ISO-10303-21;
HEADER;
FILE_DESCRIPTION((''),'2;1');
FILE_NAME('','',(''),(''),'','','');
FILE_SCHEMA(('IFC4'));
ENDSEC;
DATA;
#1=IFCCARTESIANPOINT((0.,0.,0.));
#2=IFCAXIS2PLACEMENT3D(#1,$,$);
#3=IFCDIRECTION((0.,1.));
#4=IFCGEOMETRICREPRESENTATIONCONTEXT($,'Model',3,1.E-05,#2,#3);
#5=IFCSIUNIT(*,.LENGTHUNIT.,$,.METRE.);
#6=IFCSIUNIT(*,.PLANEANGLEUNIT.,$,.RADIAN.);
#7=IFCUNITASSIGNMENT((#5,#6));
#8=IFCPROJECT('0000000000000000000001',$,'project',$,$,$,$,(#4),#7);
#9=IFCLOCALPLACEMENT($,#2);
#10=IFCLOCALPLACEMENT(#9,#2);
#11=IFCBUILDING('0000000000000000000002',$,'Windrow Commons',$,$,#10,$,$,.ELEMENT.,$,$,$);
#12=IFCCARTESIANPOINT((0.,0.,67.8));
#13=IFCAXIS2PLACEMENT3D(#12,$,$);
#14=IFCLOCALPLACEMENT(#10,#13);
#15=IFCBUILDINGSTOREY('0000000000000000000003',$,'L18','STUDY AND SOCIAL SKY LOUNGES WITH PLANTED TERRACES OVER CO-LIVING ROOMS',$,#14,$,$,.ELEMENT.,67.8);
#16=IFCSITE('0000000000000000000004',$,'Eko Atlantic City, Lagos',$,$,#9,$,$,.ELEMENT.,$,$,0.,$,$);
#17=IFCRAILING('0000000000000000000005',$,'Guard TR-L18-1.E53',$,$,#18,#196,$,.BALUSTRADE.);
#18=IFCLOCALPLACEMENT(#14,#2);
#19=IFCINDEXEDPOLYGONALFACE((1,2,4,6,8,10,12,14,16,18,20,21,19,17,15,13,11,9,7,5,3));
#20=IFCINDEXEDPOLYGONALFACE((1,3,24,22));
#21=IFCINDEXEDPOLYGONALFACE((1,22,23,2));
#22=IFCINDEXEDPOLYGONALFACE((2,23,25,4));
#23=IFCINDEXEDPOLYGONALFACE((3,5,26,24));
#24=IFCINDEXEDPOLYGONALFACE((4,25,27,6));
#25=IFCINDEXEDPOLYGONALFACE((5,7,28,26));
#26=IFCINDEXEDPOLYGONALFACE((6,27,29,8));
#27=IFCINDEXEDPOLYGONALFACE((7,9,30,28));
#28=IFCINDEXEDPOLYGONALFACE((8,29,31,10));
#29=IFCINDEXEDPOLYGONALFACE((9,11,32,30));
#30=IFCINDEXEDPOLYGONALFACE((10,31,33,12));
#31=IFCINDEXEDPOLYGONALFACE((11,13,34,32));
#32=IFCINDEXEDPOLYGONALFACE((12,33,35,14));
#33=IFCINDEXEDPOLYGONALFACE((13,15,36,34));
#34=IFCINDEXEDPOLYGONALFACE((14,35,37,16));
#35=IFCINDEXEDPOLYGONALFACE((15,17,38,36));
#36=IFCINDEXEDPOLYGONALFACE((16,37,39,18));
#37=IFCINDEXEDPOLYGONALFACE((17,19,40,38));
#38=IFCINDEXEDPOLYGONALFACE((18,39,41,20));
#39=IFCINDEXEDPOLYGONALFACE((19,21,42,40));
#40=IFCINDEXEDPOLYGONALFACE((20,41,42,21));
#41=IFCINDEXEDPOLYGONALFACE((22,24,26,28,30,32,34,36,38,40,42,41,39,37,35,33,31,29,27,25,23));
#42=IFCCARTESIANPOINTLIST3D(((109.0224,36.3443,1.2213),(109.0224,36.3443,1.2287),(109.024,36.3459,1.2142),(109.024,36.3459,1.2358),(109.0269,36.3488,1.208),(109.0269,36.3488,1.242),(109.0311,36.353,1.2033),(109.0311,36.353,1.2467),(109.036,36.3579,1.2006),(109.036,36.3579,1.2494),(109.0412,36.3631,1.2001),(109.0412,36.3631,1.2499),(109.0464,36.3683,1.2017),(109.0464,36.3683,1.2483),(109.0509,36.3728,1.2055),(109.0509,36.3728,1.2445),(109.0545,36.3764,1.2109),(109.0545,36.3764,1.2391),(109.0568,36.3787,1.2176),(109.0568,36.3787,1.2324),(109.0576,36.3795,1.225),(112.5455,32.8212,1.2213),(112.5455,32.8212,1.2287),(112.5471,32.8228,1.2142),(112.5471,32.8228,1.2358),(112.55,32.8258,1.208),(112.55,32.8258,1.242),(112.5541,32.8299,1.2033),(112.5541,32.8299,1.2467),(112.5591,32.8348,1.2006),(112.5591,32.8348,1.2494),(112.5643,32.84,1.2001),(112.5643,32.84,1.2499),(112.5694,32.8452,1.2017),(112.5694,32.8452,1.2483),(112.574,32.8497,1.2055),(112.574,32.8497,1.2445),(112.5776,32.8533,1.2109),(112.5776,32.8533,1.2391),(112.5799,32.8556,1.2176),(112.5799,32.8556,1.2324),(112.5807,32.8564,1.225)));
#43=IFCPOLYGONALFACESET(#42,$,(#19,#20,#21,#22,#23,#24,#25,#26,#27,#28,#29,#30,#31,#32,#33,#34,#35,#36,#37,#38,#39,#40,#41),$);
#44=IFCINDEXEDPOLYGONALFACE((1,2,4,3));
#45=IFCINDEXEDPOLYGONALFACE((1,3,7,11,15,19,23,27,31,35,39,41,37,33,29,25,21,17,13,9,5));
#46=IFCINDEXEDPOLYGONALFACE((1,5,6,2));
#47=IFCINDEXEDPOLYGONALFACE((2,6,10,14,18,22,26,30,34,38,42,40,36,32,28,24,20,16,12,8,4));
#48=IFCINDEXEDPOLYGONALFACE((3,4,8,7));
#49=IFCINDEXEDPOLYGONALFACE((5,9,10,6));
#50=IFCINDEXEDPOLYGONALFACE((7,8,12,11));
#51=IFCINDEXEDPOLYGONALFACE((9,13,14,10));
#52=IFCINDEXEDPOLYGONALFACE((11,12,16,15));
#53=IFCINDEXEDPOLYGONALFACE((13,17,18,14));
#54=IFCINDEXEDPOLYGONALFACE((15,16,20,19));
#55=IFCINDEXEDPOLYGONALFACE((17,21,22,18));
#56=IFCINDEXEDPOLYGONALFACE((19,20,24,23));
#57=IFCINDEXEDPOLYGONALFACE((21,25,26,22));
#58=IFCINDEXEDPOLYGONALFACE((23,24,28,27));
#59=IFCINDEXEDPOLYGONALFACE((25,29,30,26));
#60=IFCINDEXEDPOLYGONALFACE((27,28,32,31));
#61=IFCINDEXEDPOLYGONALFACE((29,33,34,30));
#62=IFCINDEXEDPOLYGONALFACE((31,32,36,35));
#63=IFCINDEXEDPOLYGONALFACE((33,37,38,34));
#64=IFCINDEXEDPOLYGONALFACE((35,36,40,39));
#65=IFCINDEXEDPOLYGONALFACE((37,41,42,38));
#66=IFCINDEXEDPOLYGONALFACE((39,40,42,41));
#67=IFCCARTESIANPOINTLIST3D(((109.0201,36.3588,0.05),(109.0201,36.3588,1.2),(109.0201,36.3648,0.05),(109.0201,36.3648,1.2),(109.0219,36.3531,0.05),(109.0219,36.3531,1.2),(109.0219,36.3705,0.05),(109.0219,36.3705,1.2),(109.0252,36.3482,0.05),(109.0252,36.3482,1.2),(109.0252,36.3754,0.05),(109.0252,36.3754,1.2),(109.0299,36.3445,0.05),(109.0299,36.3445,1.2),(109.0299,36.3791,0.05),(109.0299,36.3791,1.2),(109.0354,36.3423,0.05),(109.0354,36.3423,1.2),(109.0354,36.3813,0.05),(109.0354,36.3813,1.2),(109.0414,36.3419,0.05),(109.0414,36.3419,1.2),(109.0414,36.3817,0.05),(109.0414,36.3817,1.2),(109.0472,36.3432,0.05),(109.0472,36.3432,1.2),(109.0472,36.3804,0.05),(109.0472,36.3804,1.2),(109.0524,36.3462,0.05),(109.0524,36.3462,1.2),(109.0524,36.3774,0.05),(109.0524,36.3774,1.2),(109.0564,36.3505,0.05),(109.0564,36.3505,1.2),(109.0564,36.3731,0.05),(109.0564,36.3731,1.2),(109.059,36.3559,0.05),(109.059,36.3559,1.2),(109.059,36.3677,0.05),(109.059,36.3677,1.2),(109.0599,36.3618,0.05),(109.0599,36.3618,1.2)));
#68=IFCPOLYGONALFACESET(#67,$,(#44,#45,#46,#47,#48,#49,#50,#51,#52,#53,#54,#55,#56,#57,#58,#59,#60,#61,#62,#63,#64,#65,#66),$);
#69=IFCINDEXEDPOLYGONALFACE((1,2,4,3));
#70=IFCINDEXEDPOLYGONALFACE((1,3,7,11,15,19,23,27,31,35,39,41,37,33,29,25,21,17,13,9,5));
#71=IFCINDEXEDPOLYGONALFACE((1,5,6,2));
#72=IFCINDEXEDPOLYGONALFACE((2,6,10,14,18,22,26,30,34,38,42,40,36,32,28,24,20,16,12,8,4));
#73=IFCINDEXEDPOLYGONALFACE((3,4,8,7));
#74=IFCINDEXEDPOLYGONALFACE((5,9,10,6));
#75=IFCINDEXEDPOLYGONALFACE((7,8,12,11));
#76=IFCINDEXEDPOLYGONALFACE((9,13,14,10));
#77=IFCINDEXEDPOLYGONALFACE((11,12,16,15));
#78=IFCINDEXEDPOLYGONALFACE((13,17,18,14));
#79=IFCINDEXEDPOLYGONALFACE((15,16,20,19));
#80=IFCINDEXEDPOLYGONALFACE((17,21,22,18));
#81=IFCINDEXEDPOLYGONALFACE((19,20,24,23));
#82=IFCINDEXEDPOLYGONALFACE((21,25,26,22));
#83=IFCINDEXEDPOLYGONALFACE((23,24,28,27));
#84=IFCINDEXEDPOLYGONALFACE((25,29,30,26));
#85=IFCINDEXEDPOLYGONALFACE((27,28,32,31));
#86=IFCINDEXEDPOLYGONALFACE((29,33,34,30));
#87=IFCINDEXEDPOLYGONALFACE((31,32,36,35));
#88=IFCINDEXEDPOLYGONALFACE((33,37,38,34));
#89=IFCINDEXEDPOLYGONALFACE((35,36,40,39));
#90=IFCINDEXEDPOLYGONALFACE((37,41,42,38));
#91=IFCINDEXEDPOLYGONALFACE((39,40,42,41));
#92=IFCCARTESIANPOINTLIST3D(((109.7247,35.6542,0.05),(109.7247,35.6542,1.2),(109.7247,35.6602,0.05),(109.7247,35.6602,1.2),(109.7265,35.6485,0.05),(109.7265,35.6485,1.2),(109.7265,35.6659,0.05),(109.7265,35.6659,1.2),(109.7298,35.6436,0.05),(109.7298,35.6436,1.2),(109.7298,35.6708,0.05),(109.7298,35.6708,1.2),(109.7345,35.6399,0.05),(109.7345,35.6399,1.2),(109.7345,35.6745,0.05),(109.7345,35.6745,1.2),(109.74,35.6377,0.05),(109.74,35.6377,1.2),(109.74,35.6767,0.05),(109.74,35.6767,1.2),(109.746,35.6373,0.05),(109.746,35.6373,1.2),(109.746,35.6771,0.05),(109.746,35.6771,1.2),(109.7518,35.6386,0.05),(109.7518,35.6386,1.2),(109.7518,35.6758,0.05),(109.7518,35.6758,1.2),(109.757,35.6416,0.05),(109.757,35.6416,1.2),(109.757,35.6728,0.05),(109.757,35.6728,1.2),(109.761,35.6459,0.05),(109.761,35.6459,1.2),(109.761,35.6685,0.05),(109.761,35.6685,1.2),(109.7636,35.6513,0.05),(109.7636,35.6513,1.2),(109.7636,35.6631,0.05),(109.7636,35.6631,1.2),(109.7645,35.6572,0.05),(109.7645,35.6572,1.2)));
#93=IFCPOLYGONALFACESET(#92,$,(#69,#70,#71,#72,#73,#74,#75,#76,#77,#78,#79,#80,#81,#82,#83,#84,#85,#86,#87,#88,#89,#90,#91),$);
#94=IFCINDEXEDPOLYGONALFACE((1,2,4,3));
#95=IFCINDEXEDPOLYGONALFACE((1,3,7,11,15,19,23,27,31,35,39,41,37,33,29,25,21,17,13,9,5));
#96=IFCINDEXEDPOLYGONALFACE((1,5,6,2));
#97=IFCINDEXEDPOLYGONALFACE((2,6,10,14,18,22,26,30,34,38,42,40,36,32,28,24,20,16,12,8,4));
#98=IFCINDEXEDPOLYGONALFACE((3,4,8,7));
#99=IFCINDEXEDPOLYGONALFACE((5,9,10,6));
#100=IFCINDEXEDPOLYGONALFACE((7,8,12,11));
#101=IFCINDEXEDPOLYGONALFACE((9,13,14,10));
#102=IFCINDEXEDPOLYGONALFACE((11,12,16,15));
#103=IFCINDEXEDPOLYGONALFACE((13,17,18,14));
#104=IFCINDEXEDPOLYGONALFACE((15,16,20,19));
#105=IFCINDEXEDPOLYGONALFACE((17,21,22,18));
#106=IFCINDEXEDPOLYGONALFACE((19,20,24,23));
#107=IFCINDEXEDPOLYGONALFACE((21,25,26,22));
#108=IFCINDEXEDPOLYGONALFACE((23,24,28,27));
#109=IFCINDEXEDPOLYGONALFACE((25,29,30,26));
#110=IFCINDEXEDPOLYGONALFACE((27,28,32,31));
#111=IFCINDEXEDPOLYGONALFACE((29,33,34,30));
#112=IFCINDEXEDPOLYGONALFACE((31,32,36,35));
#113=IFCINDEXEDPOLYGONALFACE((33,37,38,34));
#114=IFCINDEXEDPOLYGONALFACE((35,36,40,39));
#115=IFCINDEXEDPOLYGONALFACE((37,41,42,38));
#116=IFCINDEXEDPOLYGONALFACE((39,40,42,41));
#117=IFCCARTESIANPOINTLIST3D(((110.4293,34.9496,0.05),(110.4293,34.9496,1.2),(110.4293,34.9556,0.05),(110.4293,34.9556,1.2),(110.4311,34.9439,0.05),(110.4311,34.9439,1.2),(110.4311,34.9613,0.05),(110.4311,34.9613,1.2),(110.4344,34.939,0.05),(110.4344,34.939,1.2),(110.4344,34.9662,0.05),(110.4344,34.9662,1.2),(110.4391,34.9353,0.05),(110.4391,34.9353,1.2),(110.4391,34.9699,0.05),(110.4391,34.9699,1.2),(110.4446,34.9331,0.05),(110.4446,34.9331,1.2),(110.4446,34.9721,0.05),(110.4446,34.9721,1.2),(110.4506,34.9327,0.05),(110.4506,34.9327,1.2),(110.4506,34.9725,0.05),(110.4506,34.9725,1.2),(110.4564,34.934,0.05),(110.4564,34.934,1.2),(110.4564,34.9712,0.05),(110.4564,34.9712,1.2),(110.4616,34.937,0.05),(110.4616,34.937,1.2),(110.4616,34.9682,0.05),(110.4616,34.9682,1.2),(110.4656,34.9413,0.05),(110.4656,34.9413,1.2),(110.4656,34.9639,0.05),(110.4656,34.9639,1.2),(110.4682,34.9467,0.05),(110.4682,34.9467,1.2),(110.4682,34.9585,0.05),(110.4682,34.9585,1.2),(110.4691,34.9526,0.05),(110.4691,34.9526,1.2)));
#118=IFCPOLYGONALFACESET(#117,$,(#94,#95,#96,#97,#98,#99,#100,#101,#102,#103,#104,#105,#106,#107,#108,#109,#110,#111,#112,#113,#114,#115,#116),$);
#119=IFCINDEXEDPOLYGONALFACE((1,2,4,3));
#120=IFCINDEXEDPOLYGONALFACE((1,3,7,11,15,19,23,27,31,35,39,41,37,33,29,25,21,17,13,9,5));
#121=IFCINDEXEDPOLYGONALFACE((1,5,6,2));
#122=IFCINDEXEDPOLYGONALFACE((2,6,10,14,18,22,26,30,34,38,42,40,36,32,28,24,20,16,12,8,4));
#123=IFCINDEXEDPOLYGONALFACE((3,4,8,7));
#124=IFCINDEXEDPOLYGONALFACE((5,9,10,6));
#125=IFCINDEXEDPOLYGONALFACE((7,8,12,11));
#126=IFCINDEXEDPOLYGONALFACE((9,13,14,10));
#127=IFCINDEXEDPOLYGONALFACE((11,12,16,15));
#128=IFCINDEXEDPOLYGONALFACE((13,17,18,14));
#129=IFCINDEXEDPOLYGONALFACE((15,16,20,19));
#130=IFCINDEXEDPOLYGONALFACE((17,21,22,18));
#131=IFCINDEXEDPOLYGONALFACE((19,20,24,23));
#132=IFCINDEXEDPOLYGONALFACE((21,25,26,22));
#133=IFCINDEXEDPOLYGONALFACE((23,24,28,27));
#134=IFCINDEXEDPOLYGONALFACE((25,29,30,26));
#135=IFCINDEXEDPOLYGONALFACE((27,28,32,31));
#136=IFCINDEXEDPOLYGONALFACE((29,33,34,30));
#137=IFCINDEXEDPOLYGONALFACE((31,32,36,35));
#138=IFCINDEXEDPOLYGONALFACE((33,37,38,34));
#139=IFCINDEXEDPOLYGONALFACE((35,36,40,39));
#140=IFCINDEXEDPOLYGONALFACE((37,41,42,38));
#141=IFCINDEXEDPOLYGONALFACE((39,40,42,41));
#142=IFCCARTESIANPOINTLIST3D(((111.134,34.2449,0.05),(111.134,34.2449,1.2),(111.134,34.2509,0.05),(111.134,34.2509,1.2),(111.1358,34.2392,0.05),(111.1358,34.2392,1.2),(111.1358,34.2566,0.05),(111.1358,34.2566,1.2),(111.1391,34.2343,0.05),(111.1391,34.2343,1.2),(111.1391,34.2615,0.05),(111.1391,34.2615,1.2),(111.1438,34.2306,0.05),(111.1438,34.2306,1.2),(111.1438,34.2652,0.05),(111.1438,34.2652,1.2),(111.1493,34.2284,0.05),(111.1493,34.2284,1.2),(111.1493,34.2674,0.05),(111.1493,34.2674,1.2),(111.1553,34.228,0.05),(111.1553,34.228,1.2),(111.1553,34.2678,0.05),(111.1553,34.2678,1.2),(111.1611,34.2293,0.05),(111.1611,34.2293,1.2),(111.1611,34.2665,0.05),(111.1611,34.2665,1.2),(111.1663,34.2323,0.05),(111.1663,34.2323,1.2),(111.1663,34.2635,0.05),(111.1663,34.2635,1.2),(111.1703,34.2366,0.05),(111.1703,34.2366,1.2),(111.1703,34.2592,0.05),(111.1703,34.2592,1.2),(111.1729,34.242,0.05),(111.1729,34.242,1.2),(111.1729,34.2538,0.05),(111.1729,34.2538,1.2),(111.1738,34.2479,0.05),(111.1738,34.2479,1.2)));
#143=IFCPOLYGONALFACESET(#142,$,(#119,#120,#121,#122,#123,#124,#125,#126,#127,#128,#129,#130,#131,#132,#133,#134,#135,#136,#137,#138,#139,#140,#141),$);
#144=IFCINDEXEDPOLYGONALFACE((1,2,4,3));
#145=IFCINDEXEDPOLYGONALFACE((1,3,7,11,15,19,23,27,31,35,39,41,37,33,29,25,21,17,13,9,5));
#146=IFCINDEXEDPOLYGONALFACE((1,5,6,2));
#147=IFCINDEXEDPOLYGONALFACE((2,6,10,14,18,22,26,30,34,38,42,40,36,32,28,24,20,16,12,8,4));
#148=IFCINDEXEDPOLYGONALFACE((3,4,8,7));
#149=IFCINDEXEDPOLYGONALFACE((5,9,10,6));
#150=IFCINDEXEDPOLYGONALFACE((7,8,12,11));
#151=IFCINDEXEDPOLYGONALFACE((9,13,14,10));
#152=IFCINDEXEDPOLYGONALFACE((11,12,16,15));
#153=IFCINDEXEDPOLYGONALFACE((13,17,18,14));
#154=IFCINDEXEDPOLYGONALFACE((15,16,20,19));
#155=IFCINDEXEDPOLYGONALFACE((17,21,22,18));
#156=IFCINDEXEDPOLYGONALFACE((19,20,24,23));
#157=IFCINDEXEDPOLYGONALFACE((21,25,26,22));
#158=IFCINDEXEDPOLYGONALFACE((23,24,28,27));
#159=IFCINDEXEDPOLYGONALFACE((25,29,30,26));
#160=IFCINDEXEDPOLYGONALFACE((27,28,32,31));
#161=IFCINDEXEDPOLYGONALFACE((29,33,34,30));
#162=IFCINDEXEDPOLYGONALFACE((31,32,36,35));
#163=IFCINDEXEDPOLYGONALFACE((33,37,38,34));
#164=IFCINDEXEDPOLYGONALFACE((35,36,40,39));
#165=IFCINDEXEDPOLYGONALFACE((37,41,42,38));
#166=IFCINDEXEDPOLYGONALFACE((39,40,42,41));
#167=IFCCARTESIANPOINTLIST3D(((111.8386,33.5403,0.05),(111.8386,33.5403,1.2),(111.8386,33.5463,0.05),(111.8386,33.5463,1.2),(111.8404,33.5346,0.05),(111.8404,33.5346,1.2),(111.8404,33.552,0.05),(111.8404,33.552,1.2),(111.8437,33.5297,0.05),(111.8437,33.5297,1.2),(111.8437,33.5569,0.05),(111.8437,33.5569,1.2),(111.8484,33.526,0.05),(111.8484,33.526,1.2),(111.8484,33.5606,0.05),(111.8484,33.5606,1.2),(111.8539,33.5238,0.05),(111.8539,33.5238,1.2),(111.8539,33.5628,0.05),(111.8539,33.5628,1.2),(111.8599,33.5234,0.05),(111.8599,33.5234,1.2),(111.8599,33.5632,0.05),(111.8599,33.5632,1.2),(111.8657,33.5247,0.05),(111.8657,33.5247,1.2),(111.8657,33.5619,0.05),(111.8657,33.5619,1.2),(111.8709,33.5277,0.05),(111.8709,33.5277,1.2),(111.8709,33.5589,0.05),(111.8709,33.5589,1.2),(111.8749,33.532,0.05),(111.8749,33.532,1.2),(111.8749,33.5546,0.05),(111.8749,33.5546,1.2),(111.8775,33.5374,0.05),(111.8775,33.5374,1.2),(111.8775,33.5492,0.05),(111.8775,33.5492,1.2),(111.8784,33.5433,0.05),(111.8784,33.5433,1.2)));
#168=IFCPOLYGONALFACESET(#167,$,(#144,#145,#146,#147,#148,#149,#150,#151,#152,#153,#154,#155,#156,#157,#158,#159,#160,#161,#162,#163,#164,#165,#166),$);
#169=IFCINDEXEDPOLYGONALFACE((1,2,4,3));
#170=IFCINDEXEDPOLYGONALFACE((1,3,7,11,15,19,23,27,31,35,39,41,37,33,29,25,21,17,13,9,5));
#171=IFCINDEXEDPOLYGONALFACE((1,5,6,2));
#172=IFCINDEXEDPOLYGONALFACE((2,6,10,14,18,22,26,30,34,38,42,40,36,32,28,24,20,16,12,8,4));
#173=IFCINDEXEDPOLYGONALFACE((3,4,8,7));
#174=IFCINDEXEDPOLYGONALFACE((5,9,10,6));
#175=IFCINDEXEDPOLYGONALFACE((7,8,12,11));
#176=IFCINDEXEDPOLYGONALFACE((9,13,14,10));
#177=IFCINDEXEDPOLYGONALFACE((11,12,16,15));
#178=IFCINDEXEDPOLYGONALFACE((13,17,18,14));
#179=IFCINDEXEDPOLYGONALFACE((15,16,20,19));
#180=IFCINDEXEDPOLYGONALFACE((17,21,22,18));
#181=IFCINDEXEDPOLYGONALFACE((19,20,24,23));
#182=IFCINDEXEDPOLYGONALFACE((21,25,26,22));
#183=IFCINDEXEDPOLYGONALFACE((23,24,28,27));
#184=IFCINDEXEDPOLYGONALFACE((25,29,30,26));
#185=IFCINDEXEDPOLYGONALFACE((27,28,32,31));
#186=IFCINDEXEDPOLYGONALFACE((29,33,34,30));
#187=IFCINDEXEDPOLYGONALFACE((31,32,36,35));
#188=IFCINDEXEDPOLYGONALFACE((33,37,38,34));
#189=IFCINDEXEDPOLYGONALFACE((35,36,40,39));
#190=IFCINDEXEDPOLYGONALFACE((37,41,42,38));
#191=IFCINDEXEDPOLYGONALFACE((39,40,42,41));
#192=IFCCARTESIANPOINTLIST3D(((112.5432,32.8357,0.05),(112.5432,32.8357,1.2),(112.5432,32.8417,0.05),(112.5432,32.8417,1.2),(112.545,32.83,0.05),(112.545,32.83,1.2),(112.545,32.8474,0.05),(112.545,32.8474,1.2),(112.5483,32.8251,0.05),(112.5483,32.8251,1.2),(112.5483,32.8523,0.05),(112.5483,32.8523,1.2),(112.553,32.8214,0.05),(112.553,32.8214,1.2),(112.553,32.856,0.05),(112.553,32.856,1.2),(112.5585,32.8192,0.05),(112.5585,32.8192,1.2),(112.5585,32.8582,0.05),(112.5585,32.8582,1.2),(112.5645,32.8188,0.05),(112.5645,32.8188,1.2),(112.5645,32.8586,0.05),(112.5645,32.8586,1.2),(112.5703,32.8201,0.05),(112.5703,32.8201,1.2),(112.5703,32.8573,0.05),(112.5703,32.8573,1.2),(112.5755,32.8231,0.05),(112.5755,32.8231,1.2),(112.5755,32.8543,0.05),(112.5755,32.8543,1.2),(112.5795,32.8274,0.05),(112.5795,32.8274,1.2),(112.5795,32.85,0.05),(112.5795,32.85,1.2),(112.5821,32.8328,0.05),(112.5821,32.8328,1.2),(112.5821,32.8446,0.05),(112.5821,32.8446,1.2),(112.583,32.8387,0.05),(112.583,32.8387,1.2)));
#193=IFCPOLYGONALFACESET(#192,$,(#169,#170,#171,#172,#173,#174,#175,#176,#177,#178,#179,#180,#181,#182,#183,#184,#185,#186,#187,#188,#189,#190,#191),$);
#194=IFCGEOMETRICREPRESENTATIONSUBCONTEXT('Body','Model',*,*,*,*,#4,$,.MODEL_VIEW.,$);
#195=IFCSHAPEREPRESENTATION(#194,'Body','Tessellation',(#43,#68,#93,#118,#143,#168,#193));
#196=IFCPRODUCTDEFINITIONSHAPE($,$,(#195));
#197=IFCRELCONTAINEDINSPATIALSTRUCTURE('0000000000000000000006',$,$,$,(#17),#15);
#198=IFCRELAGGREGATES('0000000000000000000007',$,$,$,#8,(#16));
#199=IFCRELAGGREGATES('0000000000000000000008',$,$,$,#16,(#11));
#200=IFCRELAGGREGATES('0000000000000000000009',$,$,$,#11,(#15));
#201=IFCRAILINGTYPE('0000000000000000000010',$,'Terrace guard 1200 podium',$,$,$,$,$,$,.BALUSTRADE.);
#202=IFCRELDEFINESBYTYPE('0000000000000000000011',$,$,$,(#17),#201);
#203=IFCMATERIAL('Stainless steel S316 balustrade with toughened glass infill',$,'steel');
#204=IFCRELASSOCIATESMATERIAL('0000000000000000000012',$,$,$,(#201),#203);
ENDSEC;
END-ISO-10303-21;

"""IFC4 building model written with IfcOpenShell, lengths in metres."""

from ifc_helpers import new_model, si_unit, direction, frame, origin, origin_2d, place, context, subcontext, project, spatial, circle, extrude, material, type_object, element, save


model = new_model("IFC4")

# Units and contexts
model_context = context("Model", 3, precision=1e-05, world=origin(), true_north=direction((0.0, 1.0)))
body_context = subcontext(model_context, "Body", "Model", "MODEL_VIEW")
ifc_project = project(units=[si_unit("LENGTHUNIT", "METRE"), si_unit("PLANEANGLEUNIT", "RADIAN")], contexts=[model_context])

# Site, building, storey
site_placement = place(None, origin())
site = spatial("IfcSite", under=ifc_project, at=site_placement, Name="Eko Atlantic City, Lagos", CompositionType="ELEMENT", RefElevation=0.0)
building_placement = place(site_placement, origin())
building = spatial("IfcBuilding", under=site, at=building_placement, Name="Windrow Commons", CompositionType="ELEMENT")
storey_placement = place(building_placement, frame((0.0, 0.0, 67.8)))
storey = spatial("IfcBuildingStorey", under=building, at=storey_placement, Name="L18", Description="STUDY AND SOCIAL SKY LOUNGES WITH PLANTED TERRACES OVER CO-LIVING ROOMS", CompositionType="ELEMENT", Elevation=67.8)

# Railing
ifc_material_1 = material(Name="Stainless steel S316 balustrade with toughened glass infill", Category="steel")
railing_type = type_object("IfcRailingType", Name="Terrace guard 1200 podium", PredefinedType="BALUSTRADE", material=ifc_material_1)
railing_1_placement = place(storey_placement, frame((109.0399, 36.3618, 0.05)))
element("IfcRailing", 1, at=railing_1_placement, inside=storey, type_object=railing_type, Name="Guard TR-L18-1.E53", PredefinedType="BALUSTRADE", context=body_context, shape_type="SweptSolid", body=[
    extrude(circle(Radius=0.025, at=origin_2d()), frame((0.0, 0.0, 1.175), z_axis=(0.707107, -0.707107, 0.0), x_axis=(0.707107, 0.707107, 0.0)), (0.0, 0.0, 1.0), 4.9824),
    extrude(circle(Radius=0.02, at=origin_2d()), origin(), (0.0, 0.0, 1.0), 1.15),
    extrude(circle(Radius=0.02, at=origin_2d()), frame((0.7046, -0.7046, 0.0)), (0.0, 0.0, 1.0), 1.15),
    extrude(circle(Radius=0.02, at=origin_2d()), frame((1.4092, -1.4092, 0.0)), (0.0, 0.0, 1.0), 1.15),
    extrude(circle(Radius=0.02, at=origin_2d()), frame((2.1139, -2.1139, 0.0)), (0.0, 0.0, 1.0), 1.15),
    extrude(circle(Radius=0.02, at=origin_2d()), frame((2.8185, -2.8185, 0.0)), (0.0, 0.0, 1.0), 1.15),
    extrude(circle(Radius=0.02, at=origin_2d()), frame((3.5231, -3.5231, 0.0)), (0.0, 0.0, 1.0), 1.15),
])

save(model, "model.ifc")
